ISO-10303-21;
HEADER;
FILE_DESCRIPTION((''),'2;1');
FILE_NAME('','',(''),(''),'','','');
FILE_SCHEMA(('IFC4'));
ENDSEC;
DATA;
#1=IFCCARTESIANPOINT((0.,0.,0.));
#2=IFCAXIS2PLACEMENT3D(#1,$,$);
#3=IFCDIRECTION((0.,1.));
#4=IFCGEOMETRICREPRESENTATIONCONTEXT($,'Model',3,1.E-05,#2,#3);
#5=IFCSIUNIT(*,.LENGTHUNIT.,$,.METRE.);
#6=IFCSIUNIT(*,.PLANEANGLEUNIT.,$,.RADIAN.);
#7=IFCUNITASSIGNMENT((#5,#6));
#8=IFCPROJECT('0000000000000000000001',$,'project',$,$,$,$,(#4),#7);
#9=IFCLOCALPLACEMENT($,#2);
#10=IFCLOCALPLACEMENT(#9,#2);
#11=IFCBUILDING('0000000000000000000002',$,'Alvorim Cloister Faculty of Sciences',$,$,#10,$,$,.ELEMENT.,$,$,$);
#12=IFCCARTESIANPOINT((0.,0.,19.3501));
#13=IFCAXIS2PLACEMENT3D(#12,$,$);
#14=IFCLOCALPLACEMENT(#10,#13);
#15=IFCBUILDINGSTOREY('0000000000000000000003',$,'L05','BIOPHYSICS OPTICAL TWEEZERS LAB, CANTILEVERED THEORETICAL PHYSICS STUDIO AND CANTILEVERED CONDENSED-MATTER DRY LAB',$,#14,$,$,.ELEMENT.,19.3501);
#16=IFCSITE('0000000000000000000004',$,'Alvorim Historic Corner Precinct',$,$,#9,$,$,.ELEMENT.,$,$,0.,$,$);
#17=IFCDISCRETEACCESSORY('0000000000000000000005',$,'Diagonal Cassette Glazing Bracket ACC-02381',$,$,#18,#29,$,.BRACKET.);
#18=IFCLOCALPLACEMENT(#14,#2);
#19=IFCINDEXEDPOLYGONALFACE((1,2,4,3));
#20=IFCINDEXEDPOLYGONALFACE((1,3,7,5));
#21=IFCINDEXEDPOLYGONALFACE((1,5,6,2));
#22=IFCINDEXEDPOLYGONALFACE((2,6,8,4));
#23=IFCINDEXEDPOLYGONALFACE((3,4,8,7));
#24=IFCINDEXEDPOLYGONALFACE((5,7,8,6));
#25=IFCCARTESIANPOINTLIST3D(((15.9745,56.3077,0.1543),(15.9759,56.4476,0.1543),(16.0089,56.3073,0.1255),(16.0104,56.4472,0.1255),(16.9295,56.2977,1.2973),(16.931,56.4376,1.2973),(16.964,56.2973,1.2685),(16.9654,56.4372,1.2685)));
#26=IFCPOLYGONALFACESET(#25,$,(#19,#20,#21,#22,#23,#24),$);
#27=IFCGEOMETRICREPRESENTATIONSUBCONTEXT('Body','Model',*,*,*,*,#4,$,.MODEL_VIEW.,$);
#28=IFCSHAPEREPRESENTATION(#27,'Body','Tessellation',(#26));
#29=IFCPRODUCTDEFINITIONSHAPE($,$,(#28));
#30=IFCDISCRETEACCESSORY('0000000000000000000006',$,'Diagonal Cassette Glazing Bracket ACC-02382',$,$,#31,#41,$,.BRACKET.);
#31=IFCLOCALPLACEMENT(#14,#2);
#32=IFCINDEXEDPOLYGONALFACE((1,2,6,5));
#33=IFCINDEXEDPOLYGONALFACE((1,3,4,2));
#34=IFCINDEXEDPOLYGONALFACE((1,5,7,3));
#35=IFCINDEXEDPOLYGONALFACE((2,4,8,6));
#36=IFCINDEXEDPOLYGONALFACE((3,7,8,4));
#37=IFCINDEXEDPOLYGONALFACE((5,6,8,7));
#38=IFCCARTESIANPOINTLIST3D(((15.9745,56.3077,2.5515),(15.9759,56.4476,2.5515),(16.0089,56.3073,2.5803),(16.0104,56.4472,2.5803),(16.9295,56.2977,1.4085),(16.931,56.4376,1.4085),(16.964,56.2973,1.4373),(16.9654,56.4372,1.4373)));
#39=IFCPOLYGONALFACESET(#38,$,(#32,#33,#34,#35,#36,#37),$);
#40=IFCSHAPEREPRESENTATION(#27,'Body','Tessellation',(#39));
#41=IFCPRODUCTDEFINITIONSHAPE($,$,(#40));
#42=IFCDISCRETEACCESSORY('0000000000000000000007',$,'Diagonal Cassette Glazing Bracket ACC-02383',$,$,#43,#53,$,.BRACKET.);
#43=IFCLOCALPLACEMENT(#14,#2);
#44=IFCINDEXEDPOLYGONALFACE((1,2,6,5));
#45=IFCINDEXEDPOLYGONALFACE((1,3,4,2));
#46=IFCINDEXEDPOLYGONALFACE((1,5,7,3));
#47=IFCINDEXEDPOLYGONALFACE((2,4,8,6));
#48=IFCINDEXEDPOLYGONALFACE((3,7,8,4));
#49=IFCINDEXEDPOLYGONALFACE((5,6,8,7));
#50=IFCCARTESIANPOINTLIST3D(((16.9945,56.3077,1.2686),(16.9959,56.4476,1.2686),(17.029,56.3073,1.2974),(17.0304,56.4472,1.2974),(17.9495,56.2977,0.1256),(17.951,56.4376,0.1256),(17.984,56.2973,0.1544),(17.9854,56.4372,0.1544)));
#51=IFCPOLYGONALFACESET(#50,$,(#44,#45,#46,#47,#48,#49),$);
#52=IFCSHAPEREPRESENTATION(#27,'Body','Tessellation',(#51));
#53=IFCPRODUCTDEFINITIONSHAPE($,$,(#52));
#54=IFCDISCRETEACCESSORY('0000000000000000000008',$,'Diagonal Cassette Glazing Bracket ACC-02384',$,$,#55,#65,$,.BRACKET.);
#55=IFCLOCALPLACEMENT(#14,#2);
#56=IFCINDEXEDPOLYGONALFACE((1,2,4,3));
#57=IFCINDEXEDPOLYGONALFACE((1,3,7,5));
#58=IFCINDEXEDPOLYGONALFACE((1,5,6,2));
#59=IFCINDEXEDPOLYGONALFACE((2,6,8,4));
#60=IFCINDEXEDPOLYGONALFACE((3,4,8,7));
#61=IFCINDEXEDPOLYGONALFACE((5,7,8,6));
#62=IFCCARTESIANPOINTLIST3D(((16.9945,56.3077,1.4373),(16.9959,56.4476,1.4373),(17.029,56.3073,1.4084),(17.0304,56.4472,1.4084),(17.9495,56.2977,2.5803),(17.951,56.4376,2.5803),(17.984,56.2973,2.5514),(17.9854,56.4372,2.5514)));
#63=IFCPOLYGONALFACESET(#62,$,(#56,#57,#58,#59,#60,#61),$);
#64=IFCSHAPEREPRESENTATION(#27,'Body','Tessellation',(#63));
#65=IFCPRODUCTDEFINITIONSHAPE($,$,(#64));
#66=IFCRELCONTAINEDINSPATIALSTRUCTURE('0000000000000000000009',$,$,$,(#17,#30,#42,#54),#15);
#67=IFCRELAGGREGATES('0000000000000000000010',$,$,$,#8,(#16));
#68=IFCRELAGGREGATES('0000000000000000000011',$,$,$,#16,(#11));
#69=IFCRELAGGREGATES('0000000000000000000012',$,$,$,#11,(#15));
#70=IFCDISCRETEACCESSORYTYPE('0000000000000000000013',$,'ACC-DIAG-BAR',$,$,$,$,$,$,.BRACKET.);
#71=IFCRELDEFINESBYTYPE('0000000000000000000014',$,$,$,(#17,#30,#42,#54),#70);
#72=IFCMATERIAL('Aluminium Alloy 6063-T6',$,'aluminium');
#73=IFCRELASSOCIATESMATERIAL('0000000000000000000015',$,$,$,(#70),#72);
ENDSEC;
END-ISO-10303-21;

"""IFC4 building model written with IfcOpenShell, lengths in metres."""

from ifc_helpers import new_model, si_unit, direction, frame, origin, origin_2d, place, context, subcontext, project, spatial, rectangle, extrude, material, type_object, element, save


model = new_model("IFC4")

# Units and contexts
model_context = context("Model", 3, precision=1e-05, world=origin(), true_north=direction((0.0, 1.0)))
body_context = subcontext(model_context, "Body", "Model", "MODEL_VIEW")
ifc_project = project(units=[si_unit("LENGTHUNIT", "METRE"), si_unit("PLANEANGLEUNIT", "RADIAN")], contexts=[model_context])

# Site, building, storey
site_placement = place(None, origin())
site = spatial("IfcSite", under=ifc_project, at=site_placement, Name="Alvorim Historic Corner Precinct", CompositionType="ELEMENT", RefElevation=0.0)
building_placement = place(site_placement, origin())
building = spatial("IfcBuilding", under=site, at=building_placement, Name="Alvorim Cloister Faculty of Sciences", CompositionType="ELEMENT")
storey_placement = place(building_placement, frame((0.0, 0.0, 19.3501)))
storey = spatial("IfcBuildingStorey", under=building, at=storey_placement, Name="L05", Description="BIOPHYSICS OPTICAL TWEEZERS LAB, CANTILEVERED THEORETICAL PHYSICS STUDIO AND CANTILEVERED CONDENSED-MATTER DRY LAB", CompositionType="ELEMENT", Elevation=19.3501)

# Shared definitions
ifc_material_1 = material(Name="Aluminium Alloy 6063-T6", Category="aluminium")

# Discrete accessories
discrete_accessory_type = type_object("IfcDiscreteAccessoryType", Name="ACC-DIAG-BAR", PredefinedType="BRACKET", material=ifc_material_1)
for number, where, z_axis, x_axis, name in (
    (1, (15.9924, 56.3774, 0.1399), (0.641169, -0.00672, 0.76737), (0.01048, 0.999945, 0.0), "Diagonal Cassette Glazing Bracket ACC-02381"),
    (2, (15.9924, 56.3774, 2.5659), (0.641169, -0.00672, -0.76737), (0.01048, 0.999945, 0.0), "Diagonal Cassette Glazing Bracket ACC-02382"),
    (3, (17.0125, 56.3774, 1.283), (0.641169, -0.00672, -0.76737), (0.01048, 0.999945, 0.0), "Diagonal Cassette Glazing Bracket ACC-02383"),
    (4, (17.0125, 56.3774, 1.4229), (0.641169, -0.00672, 0.76737), (0.01048, 0.999945, 0.0), "Diagonal Cassette Glazing Bracket ACC-02384"),
):
    element("IfcDiscreteAccessory", number, at=place(storey_placement, frame(where, z_axis=z_axis, x_axis=x_axis)), inside=storey, type_object=discrete_accessory_type, Name=name, PredefinedType="BRACKET", context=body_context, shape_type="SweptSolid", body=[
        extrude(rectangle(XDim=0.1399, YDim=0.0449, at=origin_2d()), origin(), (0.0, 0.0, 1.0), 1.4895),
    ])

save(model, "model.ifc")
